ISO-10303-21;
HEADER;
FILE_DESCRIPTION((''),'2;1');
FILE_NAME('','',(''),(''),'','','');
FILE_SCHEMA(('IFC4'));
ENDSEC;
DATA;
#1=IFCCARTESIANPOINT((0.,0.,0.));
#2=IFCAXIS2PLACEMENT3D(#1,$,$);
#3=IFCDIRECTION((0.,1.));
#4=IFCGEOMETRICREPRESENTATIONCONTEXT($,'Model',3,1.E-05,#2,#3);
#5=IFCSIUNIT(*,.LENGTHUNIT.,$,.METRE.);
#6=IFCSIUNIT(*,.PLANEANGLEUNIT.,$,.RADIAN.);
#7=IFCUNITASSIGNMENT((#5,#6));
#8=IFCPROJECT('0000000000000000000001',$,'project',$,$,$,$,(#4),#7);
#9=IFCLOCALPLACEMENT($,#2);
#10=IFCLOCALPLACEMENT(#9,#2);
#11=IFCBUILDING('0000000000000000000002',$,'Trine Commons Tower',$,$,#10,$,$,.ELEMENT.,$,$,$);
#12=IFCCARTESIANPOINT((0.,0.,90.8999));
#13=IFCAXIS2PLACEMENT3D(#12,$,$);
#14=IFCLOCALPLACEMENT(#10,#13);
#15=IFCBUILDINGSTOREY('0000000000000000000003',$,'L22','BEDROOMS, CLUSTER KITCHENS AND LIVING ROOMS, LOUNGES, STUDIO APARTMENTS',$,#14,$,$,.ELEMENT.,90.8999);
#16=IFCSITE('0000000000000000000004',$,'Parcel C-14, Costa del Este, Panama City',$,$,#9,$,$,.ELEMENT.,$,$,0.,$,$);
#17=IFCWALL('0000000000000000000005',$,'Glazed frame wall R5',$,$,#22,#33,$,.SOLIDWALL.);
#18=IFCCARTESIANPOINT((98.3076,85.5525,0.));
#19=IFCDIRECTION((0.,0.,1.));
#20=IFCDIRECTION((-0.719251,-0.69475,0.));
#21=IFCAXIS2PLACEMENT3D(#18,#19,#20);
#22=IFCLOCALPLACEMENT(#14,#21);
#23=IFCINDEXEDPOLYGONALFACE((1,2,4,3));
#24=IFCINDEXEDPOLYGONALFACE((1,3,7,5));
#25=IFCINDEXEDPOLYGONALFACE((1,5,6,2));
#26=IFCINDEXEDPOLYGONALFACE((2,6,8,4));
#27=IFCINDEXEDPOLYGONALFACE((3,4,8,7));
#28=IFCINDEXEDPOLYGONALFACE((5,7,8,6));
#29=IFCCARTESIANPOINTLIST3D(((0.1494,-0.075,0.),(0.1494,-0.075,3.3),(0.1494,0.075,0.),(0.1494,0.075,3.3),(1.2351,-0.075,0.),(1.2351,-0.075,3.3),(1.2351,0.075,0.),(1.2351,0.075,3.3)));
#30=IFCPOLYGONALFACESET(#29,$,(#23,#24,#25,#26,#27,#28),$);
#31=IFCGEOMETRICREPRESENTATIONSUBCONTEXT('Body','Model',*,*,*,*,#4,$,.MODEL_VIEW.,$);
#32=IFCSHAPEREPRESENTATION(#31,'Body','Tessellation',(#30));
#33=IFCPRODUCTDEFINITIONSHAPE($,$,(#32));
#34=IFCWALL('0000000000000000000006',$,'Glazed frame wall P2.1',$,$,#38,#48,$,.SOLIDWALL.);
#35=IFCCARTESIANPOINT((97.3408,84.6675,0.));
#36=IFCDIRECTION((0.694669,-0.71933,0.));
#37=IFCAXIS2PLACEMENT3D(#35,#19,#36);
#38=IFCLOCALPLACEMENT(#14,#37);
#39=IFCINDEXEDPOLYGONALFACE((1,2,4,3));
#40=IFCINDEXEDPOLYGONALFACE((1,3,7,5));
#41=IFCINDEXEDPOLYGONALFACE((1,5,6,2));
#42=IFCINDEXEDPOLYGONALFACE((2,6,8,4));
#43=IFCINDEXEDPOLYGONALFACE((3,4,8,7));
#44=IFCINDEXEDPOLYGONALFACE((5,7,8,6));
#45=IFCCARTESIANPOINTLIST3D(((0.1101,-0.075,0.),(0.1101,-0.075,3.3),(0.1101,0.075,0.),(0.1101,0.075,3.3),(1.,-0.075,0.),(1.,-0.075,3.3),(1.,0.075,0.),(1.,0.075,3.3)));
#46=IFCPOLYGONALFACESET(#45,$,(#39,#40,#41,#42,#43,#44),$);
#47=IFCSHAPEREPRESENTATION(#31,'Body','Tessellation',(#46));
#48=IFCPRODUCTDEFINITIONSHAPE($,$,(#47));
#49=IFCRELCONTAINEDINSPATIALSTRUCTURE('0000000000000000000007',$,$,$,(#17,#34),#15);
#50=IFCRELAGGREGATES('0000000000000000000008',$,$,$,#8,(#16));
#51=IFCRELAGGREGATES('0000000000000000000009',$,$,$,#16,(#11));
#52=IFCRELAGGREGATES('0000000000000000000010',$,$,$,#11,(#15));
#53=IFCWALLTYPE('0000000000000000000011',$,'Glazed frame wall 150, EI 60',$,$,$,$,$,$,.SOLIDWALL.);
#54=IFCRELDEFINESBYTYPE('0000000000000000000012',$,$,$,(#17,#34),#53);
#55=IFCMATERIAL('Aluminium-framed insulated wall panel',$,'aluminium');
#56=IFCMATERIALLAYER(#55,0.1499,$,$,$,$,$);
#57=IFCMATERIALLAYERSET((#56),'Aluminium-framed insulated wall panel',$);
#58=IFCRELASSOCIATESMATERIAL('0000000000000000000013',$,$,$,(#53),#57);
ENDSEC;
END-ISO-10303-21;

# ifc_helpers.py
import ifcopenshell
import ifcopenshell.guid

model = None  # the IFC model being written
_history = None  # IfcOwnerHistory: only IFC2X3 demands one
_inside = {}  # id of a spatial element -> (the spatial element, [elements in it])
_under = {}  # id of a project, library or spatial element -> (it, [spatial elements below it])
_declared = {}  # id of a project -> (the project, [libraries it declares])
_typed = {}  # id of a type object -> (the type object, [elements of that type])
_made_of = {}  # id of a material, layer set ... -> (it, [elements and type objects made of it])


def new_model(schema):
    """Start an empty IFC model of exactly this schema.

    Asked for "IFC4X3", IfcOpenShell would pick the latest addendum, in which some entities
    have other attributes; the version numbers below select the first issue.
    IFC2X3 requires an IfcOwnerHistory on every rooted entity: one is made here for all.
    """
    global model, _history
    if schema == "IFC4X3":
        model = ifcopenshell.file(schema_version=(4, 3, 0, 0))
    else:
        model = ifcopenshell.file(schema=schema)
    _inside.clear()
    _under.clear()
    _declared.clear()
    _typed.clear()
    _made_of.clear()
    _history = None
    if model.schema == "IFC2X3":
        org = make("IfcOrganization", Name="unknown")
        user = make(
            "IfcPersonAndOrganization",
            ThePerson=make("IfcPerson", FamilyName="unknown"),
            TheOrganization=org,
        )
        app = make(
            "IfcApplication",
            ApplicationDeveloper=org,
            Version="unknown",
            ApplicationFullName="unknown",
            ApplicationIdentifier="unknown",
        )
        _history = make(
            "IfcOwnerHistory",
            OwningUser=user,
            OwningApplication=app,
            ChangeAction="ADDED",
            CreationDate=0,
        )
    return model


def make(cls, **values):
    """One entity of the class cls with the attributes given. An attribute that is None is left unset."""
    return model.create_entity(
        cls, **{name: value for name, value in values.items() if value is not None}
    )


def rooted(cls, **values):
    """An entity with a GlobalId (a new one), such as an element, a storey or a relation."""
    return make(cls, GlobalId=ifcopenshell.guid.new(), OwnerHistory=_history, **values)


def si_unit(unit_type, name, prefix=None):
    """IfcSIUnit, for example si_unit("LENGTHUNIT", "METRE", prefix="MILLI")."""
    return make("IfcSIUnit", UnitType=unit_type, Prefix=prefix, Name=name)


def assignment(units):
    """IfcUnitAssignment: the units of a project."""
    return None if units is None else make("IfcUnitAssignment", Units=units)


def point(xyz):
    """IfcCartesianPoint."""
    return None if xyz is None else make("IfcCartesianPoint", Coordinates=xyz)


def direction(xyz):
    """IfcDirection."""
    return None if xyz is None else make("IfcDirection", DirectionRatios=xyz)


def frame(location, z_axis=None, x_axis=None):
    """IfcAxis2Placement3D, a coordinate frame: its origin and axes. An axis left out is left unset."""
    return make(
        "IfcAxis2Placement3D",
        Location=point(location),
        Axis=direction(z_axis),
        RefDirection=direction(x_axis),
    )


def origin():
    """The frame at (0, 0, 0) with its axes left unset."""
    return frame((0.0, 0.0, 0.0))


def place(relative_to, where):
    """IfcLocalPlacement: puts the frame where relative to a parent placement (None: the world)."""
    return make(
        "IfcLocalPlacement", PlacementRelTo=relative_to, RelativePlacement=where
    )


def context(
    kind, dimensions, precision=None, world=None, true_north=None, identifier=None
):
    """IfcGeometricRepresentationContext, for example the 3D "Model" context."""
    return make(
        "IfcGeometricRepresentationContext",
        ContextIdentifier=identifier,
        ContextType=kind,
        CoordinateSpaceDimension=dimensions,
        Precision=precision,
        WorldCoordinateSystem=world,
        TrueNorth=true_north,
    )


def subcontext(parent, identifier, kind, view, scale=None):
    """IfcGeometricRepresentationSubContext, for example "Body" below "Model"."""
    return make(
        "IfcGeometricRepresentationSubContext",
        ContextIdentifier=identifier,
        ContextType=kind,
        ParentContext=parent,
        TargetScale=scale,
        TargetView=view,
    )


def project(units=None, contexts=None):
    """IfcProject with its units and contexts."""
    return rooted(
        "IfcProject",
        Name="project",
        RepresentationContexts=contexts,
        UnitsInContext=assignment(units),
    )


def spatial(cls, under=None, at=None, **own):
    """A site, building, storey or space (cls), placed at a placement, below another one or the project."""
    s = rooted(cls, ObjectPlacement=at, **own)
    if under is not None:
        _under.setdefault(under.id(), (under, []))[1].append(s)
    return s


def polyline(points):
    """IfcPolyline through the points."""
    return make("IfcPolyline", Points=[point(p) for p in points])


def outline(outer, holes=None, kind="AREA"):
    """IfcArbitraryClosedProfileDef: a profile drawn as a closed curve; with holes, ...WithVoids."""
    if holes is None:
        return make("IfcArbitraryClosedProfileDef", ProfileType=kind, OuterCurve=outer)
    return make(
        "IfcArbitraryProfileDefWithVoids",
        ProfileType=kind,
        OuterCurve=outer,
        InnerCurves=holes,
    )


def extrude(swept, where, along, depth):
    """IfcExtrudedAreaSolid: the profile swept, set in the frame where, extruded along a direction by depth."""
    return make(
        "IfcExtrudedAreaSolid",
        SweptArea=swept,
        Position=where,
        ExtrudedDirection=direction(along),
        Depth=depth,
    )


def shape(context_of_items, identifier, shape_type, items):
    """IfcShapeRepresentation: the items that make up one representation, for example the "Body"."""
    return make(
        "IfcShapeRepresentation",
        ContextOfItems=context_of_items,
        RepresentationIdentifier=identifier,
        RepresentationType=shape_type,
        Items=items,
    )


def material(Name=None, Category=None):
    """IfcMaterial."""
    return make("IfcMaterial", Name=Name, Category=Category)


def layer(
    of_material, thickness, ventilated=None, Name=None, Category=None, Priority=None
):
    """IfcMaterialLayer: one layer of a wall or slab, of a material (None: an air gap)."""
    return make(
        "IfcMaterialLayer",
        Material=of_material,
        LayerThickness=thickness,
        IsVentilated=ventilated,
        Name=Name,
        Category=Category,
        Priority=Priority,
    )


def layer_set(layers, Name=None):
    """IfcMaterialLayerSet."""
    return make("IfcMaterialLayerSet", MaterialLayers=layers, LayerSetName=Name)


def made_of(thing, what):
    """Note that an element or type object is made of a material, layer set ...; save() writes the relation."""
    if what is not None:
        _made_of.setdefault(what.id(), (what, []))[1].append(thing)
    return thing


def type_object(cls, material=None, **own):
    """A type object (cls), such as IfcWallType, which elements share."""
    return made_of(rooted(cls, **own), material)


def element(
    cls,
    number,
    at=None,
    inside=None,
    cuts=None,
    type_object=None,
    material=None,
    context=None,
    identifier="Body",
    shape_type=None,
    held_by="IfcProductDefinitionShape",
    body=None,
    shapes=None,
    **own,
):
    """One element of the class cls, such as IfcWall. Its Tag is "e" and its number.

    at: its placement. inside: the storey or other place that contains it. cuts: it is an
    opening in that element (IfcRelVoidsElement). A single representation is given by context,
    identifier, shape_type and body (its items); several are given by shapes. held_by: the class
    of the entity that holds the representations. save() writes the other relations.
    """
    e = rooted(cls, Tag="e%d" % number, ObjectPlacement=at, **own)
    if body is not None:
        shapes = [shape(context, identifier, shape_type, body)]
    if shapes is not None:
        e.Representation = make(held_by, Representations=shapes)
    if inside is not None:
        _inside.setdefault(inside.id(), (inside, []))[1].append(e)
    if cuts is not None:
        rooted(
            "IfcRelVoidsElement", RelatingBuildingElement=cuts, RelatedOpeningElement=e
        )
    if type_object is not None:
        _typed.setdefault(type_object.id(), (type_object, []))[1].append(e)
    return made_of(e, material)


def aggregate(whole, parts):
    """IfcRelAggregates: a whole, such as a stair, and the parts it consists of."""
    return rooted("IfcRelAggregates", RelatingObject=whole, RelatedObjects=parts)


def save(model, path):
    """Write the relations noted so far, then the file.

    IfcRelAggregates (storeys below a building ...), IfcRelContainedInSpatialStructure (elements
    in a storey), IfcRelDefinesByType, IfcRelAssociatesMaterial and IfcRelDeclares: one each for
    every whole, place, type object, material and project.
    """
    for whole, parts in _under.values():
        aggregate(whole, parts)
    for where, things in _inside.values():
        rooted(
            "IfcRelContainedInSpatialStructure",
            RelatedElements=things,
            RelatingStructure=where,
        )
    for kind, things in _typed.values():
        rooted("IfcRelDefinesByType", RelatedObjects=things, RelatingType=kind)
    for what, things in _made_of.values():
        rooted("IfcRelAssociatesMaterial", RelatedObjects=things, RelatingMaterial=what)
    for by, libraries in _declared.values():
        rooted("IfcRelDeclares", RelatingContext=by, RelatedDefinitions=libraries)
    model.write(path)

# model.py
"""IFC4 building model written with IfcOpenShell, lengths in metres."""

from ifc_helpers import new_model, si_unit, direction, frame, origin, place, context, subcontext, project, spatial, polyline, outline, extrude, material, layer, layer_set, type_object, element, save


model = new_model("IFC4")

# Units and contexts
model_context = context("Model", 3, precision=1e-05, world=origin(), true_north=direction((0.0, 1.0)))
body_context = subcontext(model_context, "Body", "Model", "MODEL_VIEW")
ifc_project = project(units=[si_unit("LENGTHUNIT", "METRE"), si_unit("PLANEANGLEUNIT", "RADIAN")], contexts=[model_context])

# Site, building, storey
site_placement = place(None, origin())
site = spatial("IfcSite", under=ifc_project, at=site_placement, Name="Parcel C-14, Costa del Este, Panama City", CompositionType="ELEMENT", RefElevation=0.0)
building_placement = place(site_placement, origin())
building = spatial("IfcBuilding", under=site, at=building_placement, Name="Trine Commons Tower", CompositionType="ELEMENT")
storey_placement = place(building_placement, frame((0.0, 0.0, 90.8999)))
storey = spatial("IfcBuildingStorey", under=building, at=storey_placement, Name="L22", Description="BEDROOMS, CLUSTER KITCHENS AND LIVING ROOMS, LOUNGES, STUDIO APARTMENTS", CompositionType="ELEMENT", Elevation=90.8999)

# Walls
ifc_material_1 = material(Name="Aluminium-framed insulated wall panel", Category="aluminium")
ifc_layer_1 = layer(ifc_material_1, 0.1499)
ifc_layer_set_1 = layer_set([ifc_layer_1], Name="Aluminium-framed insulated wall panel")
wall_type_1 = type_object("IfcWallType", Name="Glazed frame wall 150, EI 60", PredefinedType="SOLIDWALL", material=ifc_layer_set_1)
wall_1_placement = place(storey_placement, frame((98.3076, 85.5525, 0.0), z_axis=(0.0, 0.0, 1.0), x_axis=(-0.719251, -0.69475, 0.0)))
element("IfcWall", 1, at=wall_1_placement, inside=storey, type_object=wall_type_1, Name="Glazed frame wall R5", PredefinedType="SOLIDWALL", context=body_context, shape_type="SweptSolid", body=[
    extrude(outline(polyline([(0.1494, 0.075), (0.1494, -0.075), (1.2351, -0.075), (1.2351, 0.075), (0.1494, 0.075)])), origin(), (0.0, 0.0, 1.0), 3.3),
])
wall_2_placement = place(storey_placement, frame((97.3408, 84.6675, 0.0), z_axis=(0.0, 0.0, 1.0), x_axis=(0.694669, -0.71933, 0.0)))
element("IfcWall", 2, at=wall_2_placement, inside=storey, type_object=wall_type_1, Name="Glazed frame wall P2.1", PredefinedType="SOLIDWALL", context=body_context, shape_type="SweptSolid", body=[
    extrude(outline(polyline([(0.1101, -0.075), (1.0, -0.075), (1.0, 0.075), (0.1101, 0.075), (0.1101, -0.075)])), origin(), (0.0, 0.0, 1.0), 3.3),
])

save(model, "model.ifc")
